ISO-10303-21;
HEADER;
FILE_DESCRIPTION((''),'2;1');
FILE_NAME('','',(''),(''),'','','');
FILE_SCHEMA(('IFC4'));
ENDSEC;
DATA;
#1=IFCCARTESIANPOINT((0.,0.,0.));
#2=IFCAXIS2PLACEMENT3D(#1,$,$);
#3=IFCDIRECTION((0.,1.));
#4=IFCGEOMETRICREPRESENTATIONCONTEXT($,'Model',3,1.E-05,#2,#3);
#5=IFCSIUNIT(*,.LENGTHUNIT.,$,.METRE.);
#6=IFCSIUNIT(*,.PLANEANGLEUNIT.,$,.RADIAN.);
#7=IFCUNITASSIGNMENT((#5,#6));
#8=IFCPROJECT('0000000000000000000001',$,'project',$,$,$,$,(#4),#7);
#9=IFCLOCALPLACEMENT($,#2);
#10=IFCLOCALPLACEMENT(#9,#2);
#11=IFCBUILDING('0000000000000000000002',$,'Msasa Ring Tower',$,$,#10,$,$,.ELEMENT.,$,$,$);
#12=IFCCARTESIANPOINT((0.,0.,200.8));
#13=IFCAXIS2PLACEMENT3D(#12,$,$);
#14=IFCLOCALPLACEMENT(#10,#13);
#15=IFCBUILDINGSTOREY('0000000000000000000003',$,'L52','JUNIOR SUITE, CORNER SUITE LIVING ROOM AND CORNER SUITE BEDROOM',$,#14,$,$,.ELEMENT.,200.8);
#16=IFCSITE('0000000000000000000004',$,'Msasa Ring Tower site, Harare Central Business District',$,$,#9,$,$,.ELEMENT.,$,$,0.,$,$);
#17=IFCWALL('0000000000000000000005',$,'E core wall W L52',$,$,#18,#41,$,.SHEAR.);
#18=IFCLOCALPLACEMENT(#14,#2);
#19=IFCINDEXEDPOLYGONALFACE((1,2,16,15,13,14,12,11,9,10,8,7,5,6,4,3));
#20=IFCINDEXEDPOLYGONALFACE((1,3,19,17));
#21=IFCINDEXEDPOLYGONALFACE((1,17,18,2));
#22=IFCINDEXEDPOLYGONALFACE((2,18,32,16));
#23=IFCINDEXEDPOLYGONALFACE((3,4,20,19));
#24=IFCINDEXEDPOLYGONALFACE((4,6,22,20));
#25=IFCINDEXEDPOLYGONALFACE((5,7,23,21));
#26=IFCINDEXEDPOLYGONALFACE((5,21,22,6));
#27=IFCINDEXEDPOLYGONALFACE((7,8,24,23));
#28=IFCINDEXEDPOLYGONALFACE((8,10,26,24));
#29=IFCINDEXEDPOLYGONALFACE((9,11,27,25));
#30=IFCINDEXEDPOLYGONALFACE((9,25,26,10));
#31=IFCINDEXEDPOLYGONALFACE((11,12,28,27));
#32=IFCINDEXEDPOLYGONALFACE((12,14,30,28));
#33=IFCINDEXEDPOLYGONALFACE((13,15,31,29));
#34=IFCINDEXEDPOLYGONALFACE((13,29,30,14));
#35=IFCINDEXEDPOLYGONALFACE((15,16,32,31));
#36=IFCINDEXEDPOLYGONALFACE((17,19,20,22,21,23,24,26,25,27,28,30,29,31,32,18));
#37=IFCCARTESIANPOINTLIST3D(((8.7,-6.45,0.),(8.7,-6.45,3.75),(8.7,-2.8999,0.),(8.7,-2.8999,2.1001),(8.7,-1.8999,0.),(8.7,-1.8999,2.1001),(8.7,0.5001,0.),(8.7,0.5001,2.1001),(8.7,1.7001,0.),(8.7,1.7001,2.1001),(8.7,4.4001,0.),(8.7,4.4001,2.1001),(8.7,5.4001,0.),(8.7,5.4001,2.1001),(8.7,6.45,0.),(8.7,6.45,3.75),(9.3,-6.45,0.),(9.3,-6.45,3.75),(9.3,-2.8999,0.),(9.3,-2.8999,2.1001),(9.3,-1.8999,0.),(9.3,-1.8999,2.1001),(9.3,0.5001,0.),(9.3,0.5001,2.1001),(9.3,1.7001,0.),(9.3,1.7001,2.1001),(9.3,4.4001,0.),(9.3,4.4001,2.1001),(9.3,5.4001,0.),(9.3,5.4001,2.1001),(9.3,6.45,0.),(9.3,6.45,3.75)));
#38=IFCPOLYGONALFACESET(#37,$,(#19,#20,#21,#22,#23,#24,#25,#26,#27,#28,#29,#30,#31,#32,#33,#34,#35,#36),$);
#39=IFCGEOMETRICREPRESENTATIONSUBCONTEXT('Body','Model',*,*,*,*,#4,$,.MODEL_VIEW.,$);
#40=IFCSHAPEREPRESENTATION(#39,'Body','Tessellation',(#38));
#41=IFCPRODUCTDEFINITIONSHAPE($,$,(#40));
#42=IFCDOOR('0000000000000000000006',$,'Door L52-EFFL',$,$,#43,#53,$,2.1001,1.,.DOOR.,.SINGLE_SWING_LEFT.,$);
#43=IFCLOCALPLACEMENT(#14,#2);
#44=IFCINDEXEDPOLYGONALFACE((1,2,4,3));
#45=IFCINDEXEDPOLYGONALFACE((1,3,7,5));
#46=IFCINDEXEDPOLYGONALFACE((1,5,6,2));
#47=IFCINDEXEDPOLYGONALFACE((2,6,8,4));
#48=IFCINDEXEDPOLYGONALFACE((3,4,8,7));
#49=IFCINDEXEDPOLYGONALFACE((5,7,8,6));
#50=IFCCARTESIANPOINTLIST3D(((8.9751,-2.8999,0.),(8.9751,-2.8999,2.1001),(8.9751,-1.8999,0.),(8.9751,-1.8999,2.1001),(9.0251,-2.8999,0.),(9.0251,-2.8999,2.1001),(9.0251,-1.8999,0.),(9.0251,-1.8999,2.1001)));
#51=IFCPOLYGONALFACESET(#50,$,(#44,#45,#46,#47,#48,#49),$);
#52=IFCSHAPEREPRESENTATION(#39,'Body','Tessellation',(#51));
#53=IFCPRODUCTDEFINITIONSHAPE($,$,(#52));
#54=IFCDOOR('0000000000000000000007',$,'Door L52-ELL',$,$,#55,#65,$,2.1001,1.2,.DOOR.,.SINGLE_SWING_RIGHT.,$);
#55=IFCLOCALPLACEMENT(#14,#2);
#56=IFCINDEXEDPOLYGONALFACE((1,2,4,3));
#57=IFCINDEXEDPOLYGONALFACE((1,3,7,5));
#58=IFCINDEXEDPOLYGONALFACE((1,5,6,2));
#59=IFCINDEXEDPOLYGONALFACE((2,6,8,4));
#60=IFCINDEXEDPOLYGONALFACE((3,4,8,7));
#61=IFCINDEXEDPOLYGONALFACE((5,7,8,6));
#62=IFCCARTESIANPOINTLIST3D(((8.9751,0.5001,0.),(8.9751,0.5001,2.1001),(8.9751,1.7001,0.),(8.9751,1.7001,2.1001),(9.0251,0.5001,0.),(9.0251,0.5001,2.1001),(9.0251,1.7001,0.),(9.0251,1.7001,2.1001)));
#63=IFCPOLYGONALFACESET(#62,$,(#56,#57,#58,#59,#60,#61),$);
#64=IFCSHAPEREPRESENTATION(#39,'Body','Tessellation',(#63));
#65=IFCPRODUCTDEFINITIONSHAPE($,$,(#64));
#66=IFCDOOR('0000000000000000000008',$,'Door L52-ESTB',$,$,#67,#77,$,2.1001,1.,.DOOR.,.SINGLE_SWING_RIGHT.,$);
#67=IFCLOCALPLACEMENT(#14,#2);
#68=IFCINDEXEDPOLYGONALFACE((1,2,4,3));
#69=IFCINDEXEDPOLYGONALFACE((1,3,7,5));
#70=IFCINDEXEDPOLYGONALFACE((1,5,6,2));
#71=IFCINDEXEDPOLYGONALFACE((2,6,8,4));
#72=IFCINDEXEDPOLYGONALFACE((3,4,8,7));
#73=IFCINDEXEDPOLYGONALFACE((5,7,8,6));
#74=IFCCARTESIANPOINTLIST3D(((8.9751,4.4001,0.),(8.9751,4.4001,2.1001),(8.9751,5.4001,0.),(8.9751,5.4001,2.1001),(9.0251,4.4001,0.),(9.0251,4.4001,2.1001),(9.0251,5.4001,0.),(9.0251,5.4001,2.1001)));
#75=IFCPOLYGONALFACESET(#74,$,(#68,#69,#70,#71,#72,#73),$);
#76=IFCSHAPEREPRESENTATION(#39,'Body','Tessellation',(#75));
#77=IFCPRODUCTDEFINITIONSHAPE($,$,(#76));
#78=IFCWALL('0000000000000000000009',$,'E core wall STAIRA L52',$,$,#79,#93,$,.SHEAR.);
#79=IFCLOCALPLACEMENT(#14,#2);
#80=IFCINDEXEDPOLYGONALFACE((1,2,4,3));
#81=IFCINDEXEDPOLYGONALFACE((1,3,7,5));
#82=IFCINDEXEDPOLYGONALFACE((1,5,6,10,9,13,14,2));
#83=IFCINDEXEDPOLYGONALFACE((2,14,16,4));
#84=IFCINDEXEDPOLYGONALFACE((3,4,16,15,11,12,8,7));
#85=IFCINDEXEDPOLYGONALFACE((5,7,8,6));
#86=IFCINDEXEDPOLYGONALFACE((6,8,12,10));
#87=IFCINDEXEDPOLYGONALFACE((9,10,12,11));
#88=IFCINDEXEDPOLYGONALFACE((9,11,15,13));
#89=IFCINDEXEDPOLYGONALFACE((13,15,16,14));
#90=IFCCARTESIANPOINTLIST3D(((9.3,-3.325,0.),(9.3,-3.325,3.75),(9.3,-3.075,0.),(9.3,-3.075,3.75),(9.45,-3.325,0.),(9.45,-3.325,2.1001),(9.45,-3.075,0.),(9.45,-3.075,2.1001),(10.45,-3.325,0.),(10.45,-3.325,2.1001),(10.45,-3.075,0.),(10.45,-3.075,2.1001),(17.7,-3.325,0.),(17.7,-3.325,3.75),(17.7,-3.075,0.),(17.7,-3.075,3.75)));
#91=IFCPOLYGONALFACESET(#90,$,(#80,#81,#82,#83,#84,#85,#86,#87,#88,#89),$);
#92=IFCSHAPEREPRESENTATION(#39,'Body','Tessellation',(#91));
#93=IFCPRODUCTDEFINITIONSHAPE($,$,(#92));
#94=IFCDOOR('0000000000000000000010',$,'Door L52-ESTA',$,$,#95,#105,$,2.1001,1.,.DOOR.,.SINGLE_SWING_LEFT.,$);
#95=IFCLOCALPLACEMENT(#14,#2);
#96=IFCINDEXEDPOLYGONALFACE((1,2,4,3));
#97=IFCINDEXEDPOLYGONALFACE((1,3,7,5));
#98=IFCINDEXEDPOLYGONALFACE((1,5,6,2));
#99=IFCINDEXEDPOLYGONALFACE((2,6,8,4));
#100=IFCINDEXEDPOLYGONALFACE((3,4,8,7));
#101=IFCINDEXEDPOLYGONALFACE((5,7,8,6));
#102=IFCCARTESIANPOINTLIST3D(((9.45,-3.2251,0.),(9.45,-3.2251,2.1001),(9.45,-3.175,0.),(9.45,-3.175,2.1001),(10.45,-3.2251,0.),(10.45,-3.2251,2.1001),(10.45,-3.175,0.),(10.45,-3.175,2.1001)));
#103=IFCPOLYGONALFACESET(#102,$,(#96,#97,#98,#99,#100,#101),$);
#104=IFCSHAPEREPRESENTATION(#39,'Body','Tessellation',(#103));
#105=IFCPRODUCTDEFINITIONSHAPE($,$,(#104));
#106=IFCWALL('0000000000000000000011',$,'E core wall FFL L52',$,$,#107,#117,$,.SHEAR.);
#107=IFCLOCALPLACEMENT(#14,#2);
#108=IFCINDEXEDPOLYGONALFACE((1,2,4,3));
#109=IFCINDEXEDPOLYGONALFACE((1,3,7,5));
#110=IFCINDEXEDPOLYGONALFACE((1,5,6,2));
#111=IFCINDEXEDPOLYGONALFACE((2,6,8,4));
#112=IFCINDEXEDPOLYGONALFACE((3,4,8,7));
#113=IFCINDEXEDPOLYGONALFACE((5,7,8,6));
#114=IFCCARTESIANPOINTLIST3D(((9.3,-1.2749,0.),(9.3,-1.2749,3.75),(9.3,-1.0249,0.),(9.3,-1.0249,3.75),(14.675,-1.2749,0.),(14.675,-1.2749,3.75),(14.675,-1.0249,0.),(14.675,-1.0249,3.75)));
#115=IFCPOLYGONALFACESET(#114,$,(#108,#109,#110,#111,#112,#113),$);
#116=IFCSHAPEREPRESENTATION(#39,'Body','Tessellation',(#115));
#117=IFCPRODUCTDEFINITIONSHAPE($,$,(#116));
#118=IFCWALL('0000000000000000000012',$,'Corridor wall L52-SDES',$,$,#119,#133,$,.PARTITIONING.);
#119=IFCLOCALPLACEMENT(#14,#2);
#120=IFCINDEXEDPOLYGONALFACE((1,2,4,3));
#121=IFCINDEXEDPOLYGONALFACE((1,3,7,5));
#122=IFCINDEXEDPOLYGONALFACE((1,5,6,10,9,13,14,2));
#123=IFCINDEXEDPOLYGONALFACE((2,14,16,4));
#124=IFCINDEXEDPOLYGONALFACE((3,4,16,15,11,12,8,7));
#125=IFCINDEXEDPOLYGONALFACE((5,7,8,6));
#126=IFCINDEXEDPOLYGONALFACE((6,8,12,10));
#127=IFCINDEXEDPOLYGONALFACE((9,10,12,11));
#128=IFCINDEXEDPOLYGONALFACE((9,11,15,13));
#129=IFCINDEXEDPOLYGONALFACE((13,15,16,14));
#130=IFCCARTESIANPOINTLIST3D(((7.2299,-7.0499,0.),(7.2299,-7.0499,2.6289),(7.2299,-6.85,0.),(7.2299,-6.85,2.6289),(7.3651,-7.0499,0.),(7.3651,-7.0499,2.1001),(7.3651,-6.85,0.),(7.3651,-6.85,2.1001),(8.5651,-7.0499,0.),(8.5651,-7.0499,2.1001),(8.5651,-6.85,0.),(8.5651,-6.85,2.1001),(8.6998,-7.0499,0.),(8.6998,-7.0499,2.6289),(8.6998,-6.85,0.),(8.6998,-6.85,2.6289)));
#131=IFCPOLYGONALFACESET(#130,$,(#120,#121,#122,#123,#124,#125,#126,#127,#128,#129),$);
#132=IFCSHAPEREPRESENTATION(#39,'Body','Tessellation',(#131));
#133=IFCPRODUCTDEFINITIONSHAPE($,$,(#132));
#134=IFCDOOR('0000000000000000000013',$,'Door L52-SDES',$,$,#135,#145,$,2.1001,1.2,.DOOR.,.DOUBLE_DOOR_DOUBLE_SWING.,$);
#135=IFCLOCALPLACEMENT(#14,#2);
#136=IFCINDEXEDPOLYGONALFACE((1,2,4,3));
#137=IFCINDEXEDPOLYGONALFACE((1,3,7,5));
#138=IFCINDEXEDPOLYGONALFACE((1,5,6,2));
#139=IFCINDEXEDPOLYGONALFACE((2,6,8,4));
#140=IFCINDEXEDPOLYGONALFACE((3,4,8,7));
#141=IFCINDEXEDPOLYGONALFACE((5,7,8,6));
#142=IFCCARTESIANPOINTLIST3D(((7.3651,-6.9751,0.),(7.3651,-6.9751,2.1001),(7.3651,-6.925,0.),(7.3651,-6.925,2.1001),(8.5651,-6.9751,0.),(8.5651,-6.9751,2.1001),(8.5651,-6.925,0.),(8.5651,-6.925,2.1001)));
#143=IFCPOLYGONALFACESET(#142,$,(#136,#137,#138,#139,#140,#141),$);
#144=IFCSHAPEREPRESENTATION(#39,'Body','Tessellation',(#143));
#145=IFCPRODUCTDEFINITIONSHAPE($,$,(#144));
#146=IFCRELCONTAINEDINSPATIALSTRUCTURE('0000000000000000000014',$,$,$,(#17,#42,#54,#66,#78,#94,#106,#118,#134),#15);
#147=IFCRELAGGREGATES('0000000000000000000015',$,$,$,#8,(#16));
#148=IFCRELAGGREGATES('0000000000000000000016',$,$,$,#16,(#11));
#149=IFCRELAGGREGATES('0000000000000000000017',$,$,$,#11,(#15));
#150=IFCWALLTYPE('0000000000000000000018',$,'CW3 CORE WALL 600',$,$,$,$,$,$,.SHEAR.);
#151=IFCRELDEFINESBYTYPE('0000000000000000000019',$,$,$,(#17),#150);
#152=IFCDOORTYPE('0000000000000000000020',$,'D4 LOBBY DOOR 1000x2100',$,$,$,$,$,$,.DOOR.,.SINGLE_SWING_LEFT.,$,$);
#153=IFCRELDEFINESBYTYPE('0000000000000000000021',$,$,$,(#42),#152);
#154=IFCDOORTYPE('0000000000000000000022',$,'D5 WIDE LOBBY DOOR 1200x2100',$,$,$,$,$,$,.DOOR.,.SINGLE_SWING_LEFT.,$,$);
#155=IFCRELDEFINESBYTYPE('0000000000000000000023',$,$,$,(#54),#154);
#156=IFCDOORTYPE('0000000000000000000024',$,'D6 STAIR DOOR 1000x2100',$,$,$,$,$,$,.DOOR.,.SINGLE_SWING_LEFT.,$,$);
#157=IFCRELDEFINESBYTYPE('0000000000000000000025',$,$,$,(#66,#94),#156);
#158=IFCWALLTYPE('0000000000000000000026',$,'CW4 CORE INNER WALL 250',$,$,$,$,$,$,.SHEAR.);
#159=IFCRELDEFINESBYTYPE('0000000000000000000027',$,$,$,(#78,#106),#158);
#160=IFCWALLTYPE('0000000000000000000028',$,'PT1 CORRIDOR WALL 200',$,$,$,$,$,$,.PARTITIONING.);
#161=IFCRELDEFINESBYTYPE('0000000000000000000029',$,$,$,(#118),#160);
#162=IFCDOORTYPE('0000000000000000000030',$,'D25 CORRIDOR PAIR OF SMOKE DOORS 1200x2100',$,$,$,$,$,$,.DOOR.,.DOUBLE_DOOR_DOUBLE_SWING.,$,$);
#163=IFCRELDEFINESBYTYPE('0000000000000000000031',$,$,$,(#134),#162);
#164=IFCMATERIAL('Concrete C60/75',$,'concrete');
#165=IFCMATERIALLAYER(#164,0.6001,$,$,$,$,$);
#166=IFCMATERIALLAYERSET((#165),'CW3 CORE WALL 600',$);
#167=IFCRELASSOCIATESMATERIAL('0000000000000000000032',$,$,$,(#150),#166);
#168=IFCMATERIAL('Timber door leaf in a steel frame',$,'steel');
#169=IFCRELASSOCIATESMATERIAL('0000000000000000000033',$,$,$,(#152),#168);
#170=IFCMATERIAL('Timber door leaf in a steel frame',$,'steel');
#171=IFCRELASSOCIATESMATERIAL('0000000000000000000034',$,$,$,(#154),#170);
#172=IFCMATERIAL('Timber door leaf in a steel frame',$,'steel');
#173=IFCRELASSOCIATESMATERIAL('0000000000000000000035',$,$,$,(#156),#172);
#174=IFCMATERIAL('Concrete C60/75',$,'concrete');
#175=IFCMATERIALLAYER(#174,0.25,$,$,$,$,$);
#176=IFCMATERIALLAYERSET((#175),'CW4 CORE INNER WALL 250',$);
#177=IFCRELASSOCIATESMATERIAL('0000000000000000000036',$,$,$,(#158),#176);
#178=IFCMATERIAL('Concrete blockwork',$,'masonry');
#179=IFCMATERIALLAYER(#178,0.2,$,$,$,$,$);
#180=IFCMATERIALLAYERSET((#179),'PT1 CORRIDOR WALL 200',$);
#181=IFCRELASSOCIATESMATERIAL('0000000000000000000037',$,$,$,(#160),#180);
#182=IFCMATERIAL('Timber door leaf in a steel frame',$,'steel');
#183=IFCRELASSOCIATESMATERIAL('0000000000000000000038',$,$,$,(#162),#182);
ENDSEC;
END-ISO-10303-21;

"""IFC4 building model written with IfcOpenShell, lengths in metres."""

from ifc_helpers import new_model, si_unit, direction, frame, frame_2d, origin, place, context, subcontext, project, spatial, rectangle, extrude, material, layer, layer_set, type_object, element, fill, save


model = new_model("IFC4")

# Units and contexts
model_context = context("Model", 3, precision=1e-05, world=origin(), true_north=direction((0.0, 1.0)))
body_context = subcontext(model_context, "Body", "Model", "MODEL_VIEW")
ifc_project = project(units=[si_unit("LENGTHUNIT", "METRE"), si_unit("PLANEANGLEUNIT", "RADIAN")], contexts=[model_context])

# Site, building, storey
site_placement = place(None, origin())
site = spatial("IfcSite", under=ifc_project, at=site_placement, Name="Msasa Ring Tower site, Harare Central Business District", CompositionType="ELEMENT", RefElevation=0.0)
building_placement = place(site_placement, origin())
building = spatial("IfcBuilding", under=site, at=building_placement, Name="Msasa Ring Tower", CompositionType="ELEMENT")
storey_placement = place(building_placement, frame((0.0, 0.0, 200.8)))
storey = spatial("IfcBuildingStorey", under=building, at=storey_placement, Name="L52", Description="JUNIOR SUITE, CORNER SUITE LIVING ROOM AND CORNER SUITE BEDROOM", CompositionType="ELEMENT", Elevation=200.8)

# Shared definitions
ifc_material_1 = material(Name="Concrete C60/75", Category="concrete")
ifc_layer_1 = layer(ifc_material_1, 0.6001)
ifc_layer_set_1 = layer_set([ifc_layer_1], Name="CW3 CORE WALL 600")
wall_type_1 = type_object("IfcWallType", Name="CW3 CORE WALL 600", PredefinedType="SHEAR", material=ifc_layer_set_1)

# Wall, openings, doors
wall_1_placement = place(storey_placement, frame((9.0, -6.45, 0.0), z_axis=(0.0, 0.0, 1.0), x_axis=(0.0, 1.0, 0.0)))
wall_1 = element("IfcWall", 1, at=wall_1_placement, inside=storey, type_object=wall_type_1, Name="E core wall W L52", PredefinedType="SHEAR", context=body_context, shape_type="SweptSolid", body=[
    extrude(rectangle(XDim=12.8999, YDim=0.6001, at=frame_2d((6.45, 0.0))), origin(), (0.0, 0.0, 1.0), 3.75),
])
opening_1_placement = place(wall_1_placement, frame((3.55, 0.0, 0.0)))
opening_1 = element("IfcOpeningElement", 2, at=opening_1_placement, cuts=wall_1, PredefinedType="OPENING", context=body_context, shape_type="SweptSolid", body=[
    extrude(rectangle(XDim=1.0, YDim=2.1001, at=frame_2d((0.5, 1.05))), frame((0.0, 0.3101, 0.0), z_axis=(0.0, -1.0, 0.0), x_axis=(1.0, 0.0, 0.0)), (0.0, 0.0, 1.0), 0.6201),
])
opening_2_placement = place(wall_1_placement, frame((6.95, 0.0, 0.0)))
opening_2 = element("IfcOpeningElement", 3, at=opening_2_placement, cuts=wall_1, PredefinedType="OPENING", context=body_context, shape_type="SweptSolid", body=[
    extrude(rectangle(XDim=1.2, YDim=2.1001, at=frame_2d((0.6001, 1.05))), frame((0.0, 0.3101, 0.0), z_axis=(0.0, -1.0, 0.0), x_axis=(1.0, 0.0, 0.0)), (0.0, 0.0, 1.0), 0.6201),
])
opening_3_placement = place(wall_1_placement, frame((10.8501, 0.0, 0.0)))
opening_3 = element("IfcOpeningElement", 4, at=opening_3_placement, cuts=wall_1, PredefinedType="OPENING", context=body_context, shape_type="SweptSolid", body=[
    extrude(rectangle(XDim=1.0, YDim=2.1001, at=frame_2d((0.5, 1.05))), frame((0.0, 0.3101, 0.0), z_axis=(0.0, -1.0, 0.0), x_axis=(1.0, 0.0, 0.0)), (0.0, 0.0, 1.0), 0.6201),
])
ifc_material_2 = material(Name="Timber door leaf in a steel frame", Category="steel")
door_type_1 = type_object("IfcDoorType", Name="D4 LOBBY DOOR 1000x2100", OperationType="SINGLE_SWING_LEFT", PredefinedType="DOOR", material=ifc_material_2)
door_1_placement = place(opening_1_placement, origin())
door_1 = element("IfcDoor", 5, at=door_1_placement, inside=storey, type_object=door_type_1, Name="Door L52-EFFL", OperationType="SINGLE_SWING_LEFT", OverallHeight=2.1001, OverallWidth=1.0, PredefinedType="DOOR", context=body_context, shape_type="SweptSolid", body=[
    extrude(rectangle(XDim=1.0, YDim=2.1001, at=frame_2d((0.5, 1.05))), frame((0.0, 0.0249, 0.0), z_axis=(0.0, -1.0, 0.0), x_axis=(1.0, 0.0, 0.0)), (0.0, 0.0, 1.0), 0.05),
])
fill(opening_1, door_1)
ifc_material_3 = material(Name="Timber door leaf in a steel frame", Category="steel")
door_type_2 = type_object("IfcDoorType", Name="D5 WIDE LOBBY DOOR 1200x2100", OperationType="SINGLE_SWING_LEFT", PredefinedType="DOOR", material=ifc_material_3)
door_2_placement = place(opening_2_placement, origin())
door_2 = element("IfcDoor", 6, at=door_2_placement, inside=storey, type_object=door_type_2, Name="Door L52-ELL", OperationType="SINGLE_SWING_RIGHT", OverallHeight=2.1001, OverallWidth=1.2, PredefinedType="DOOR", context=body_context, shape_type="SweptSolid", body=[
    extrude(rectangle(XDim=1.2, YDim=2.1001, at=frame_2d((0.6001, 1.05))), frame((0.0, 0.0249, 0.0), z_axis=(0.0, -1.0, 0.0), x_axis=(1.0, 0.0, 0.0)), (0.0, 0.0, 1.0), 0.05),
])
fill(opening_2, door_2)
ifc_material_4 = material(Name="Timber door leaf in a steel frame", Category="steel")
door_type_3 = type_object("IfcDoorType", Name="D6 STAIR DOOR 1000x2100", OperationType="SINGLE_SWING_LEFT", PredefinedType="DOOR", material=ifc_material_4)
door_3_placement = place(opening_3_placement, origin())
door_3 = element("IfcDoor", 7, at=door_3_placement, inside=storey, type_object=door_type_3, Name="Door L52-ESTB", OperationType="SINGLE_SWING_RIGHT", OverallHeight=2.1001, OverallWidth=1.0, PredefinedType="DOOR", context=body_context, shape_type="SweptSolid", body=[
    extrude(rectangle(XDim=1.0, YDim=2.1001, at=frame_2d((0.5, 1.05))), frame((0.0, 0.0249, 0.0), z_axis=(0.0, -1.0, 0.0), x_axis=(1.0, 0.0, 0.0)), (0.0, 0.0, 1.0), 0.05),
])
fill(opening_3, door_3)

# Wall, opening, door
ifc_material_5 = material(Name="Concrete C60/75", Category="concrete")
ifc_layer_2 = layer(ifc_material_5, 0.25)
ifc_layer_set_2 = layer_set([ifc_layer_2], Name="CW4 CORE INNER WALL 250")
wall_type_2 = type_object("IfcWallType", Name="CW4 CORE INNER WALL 250", PredefinedType="SHEAR", material=ifc_layer_set_2)
wall_2_placement = place(storey_placement, frame((9.3, -3.2, 0.0), z_axis=(0.0, 0.0, 1.0), x_axis=(1.0, 0.0, 0.0)))
wall_2 = element("IfcWall", 8, at=wall_2_placement, inside=storey, type_object=wall_type_2, Name="E core wall STAIRA L52", PredefinedType="SHEAR", context=body_context, shape_type="SweptSolid", body=[
    extrude(rectangle(XDim=8.3999, YDim=0.25, at=frame_2d((4.2, 0.0))), origin(), (0.0, 0.0, 1.0), 3.75),
])
opening_4_placement = place(wall_2_placement, frame((0.1499, 0.0, 0.0)))
opening_4 = element("IfcOpeningElement", 9, at=opening_4_placement, cuts=wall_2, PredefinedType="OPENING", context=body_context, shape_type="SweptSolid", body=[
    extrude(rectangle(XDim=1.0, YDim=2.1001, at=frame_2d((0.5, 1.05))), frame((0.0, 0.135, 0.0), z_axis=(0.0, -1.0, 0.0), x_axis=(1.0, 0.0, 0.0)), (0.0, 0.0, 1.0), 0.27),
])
door_4_placement = place(opening_4_placement, origin())
door_4 = element("IfcDoor", 10, at=door_4_placement, inside=storey, type_object=door_type_3, Name="Door L52-ESTA", OperationType="SINGLE_SWING_LEFT", OverallHeight=2.1001, OverallWidth=1.0, PredefinedType="DOOR", context=body_context, shape_type="SweptSolid", body=[
    extrude(rectangle(XDim=1.0, YDim=2.1001, at=frame_2d((0.5, 1.05))), frame((0.0, 0.0249, 0.0), z_axis=(0.0, -1.0, 0.0), x_axis=(1.0, 0.0, 0.0)), (0.0, 0.0, 1.0), 0.05),
])
fill(opening_4, door_4)

# Wall
wall_3_placement = place(storey_placement, frame((9.3, -1.1499, 0.0), z_axis=(0.0, 0.0, 1.0), x_axis=(1.0, 0.0, 0.0)))
element("IfcWall", 11, at=wall_3_placement, inside=storey, type_object=wall_type_2, Name="E core wall FFL L52", PredefinedType="SHEAR", context=body_context, shape_type="SweptSolid", body=[
    extrude(rectangle(XDim=5.375, YDim=0.25, at=frame_2d((2.6875, 0.0))), origin(), (0.0, 0.0, 1.0), 3.75),
])

# Wall, opening, door
ifc_material_6 = material(Name="Concrete blockwork", Category="masonry")
ifc_layer_3 = layer(ifc_material_6, 0.2)
ifc_layer_set_3 = layer_set([ifc_layer_3], Name="PT1 CORRIDOR WALL 200")
wall_type_3 = type_object("IfcWallType", Name="PT1 CORRIDOR WALL 200", PredefinedType="PARTITIONING", material=ifc_layer_set_3)
wall_4_placement = place(storey_placement, frame((7.23, -6.95, 0.0), z_axis=(0.0, 0.0, 1.0), x_axis=(1.0, 0.0, 0.0)))
wall_4 = element("IfcWall", 12, at=wall_4_placement, inside=storey, type_object=wall_type_3, Name="Corridor wall L52-SDES", PredefinedType="PARTITIONING", context=body_context, shape_type="SweptSolid", body=[
    extrude(rectangle(XDim=1.47, YDim=0.2, at=frame_2d((0.7349, 0.0))), origin(), (0.0, 0.0, 1.0), 2.6289),
])
opening_5_placement = place(wall_4_placement, frame((0.135, 0.0, 0.0)))
opening_5 = element("IfcOpeningElement", 13, at=opening_5_placement, cuts=wall_4, PredefinedType="OPENING", context=body_context, shape_type="SweptSolid", body=[
    extrude(rectangle(XDim=1.2, YDim=2.1001, at=frame_2d((0.6001, 1.05))), frame((0.0, 0.1099, 0.0), z_axis=(0.0, -1.0, 0.0), x_axis=(1.0, 0.0, 0.0)), (0.0, 0.0, 1.0), 0.22),
])
ifc_material_7 = material(Name="Timber door leaf in a steel frame", Category="steel")
door_type_4 = type_object("IfcDoorType", Name="D25 CORRIDOR PAIR OF SMOKE DOORS 1200x2100", OperationType="DOUBLE_DOOR_DOUBLE_SWING", PredefinedType="DOOR", material=ifc_material_7)
door_5_placement = place(opening_5_placement, origin())
door_5 = element("IfcDoor", 14, at=door_5_placement, inside=storey, type_object=door_type_4, Name="Door L52-SDES", OperationType="DOUBLE_DOOR_DOUBLE_SWING", OverallHeight=2.1001, OverallWidth=1.2, PredefinedType="DOOR", context=body_context, shape_type="SweptSolid", body=[
    extrude(rectangle(XDim=1.2, YDim=2.1001, at=frame_2d((0.6001, 1.05))), frame((0.0, 0.0249, 0.0), z_axis=(0.0, -1.0, 0.0), x_axis=(1.0, 0.0, 0.0)), (0.0, 0.0, 1.0), 0.05),
])
fill(opening_5, door_5)

save(model, "model.ifc")
